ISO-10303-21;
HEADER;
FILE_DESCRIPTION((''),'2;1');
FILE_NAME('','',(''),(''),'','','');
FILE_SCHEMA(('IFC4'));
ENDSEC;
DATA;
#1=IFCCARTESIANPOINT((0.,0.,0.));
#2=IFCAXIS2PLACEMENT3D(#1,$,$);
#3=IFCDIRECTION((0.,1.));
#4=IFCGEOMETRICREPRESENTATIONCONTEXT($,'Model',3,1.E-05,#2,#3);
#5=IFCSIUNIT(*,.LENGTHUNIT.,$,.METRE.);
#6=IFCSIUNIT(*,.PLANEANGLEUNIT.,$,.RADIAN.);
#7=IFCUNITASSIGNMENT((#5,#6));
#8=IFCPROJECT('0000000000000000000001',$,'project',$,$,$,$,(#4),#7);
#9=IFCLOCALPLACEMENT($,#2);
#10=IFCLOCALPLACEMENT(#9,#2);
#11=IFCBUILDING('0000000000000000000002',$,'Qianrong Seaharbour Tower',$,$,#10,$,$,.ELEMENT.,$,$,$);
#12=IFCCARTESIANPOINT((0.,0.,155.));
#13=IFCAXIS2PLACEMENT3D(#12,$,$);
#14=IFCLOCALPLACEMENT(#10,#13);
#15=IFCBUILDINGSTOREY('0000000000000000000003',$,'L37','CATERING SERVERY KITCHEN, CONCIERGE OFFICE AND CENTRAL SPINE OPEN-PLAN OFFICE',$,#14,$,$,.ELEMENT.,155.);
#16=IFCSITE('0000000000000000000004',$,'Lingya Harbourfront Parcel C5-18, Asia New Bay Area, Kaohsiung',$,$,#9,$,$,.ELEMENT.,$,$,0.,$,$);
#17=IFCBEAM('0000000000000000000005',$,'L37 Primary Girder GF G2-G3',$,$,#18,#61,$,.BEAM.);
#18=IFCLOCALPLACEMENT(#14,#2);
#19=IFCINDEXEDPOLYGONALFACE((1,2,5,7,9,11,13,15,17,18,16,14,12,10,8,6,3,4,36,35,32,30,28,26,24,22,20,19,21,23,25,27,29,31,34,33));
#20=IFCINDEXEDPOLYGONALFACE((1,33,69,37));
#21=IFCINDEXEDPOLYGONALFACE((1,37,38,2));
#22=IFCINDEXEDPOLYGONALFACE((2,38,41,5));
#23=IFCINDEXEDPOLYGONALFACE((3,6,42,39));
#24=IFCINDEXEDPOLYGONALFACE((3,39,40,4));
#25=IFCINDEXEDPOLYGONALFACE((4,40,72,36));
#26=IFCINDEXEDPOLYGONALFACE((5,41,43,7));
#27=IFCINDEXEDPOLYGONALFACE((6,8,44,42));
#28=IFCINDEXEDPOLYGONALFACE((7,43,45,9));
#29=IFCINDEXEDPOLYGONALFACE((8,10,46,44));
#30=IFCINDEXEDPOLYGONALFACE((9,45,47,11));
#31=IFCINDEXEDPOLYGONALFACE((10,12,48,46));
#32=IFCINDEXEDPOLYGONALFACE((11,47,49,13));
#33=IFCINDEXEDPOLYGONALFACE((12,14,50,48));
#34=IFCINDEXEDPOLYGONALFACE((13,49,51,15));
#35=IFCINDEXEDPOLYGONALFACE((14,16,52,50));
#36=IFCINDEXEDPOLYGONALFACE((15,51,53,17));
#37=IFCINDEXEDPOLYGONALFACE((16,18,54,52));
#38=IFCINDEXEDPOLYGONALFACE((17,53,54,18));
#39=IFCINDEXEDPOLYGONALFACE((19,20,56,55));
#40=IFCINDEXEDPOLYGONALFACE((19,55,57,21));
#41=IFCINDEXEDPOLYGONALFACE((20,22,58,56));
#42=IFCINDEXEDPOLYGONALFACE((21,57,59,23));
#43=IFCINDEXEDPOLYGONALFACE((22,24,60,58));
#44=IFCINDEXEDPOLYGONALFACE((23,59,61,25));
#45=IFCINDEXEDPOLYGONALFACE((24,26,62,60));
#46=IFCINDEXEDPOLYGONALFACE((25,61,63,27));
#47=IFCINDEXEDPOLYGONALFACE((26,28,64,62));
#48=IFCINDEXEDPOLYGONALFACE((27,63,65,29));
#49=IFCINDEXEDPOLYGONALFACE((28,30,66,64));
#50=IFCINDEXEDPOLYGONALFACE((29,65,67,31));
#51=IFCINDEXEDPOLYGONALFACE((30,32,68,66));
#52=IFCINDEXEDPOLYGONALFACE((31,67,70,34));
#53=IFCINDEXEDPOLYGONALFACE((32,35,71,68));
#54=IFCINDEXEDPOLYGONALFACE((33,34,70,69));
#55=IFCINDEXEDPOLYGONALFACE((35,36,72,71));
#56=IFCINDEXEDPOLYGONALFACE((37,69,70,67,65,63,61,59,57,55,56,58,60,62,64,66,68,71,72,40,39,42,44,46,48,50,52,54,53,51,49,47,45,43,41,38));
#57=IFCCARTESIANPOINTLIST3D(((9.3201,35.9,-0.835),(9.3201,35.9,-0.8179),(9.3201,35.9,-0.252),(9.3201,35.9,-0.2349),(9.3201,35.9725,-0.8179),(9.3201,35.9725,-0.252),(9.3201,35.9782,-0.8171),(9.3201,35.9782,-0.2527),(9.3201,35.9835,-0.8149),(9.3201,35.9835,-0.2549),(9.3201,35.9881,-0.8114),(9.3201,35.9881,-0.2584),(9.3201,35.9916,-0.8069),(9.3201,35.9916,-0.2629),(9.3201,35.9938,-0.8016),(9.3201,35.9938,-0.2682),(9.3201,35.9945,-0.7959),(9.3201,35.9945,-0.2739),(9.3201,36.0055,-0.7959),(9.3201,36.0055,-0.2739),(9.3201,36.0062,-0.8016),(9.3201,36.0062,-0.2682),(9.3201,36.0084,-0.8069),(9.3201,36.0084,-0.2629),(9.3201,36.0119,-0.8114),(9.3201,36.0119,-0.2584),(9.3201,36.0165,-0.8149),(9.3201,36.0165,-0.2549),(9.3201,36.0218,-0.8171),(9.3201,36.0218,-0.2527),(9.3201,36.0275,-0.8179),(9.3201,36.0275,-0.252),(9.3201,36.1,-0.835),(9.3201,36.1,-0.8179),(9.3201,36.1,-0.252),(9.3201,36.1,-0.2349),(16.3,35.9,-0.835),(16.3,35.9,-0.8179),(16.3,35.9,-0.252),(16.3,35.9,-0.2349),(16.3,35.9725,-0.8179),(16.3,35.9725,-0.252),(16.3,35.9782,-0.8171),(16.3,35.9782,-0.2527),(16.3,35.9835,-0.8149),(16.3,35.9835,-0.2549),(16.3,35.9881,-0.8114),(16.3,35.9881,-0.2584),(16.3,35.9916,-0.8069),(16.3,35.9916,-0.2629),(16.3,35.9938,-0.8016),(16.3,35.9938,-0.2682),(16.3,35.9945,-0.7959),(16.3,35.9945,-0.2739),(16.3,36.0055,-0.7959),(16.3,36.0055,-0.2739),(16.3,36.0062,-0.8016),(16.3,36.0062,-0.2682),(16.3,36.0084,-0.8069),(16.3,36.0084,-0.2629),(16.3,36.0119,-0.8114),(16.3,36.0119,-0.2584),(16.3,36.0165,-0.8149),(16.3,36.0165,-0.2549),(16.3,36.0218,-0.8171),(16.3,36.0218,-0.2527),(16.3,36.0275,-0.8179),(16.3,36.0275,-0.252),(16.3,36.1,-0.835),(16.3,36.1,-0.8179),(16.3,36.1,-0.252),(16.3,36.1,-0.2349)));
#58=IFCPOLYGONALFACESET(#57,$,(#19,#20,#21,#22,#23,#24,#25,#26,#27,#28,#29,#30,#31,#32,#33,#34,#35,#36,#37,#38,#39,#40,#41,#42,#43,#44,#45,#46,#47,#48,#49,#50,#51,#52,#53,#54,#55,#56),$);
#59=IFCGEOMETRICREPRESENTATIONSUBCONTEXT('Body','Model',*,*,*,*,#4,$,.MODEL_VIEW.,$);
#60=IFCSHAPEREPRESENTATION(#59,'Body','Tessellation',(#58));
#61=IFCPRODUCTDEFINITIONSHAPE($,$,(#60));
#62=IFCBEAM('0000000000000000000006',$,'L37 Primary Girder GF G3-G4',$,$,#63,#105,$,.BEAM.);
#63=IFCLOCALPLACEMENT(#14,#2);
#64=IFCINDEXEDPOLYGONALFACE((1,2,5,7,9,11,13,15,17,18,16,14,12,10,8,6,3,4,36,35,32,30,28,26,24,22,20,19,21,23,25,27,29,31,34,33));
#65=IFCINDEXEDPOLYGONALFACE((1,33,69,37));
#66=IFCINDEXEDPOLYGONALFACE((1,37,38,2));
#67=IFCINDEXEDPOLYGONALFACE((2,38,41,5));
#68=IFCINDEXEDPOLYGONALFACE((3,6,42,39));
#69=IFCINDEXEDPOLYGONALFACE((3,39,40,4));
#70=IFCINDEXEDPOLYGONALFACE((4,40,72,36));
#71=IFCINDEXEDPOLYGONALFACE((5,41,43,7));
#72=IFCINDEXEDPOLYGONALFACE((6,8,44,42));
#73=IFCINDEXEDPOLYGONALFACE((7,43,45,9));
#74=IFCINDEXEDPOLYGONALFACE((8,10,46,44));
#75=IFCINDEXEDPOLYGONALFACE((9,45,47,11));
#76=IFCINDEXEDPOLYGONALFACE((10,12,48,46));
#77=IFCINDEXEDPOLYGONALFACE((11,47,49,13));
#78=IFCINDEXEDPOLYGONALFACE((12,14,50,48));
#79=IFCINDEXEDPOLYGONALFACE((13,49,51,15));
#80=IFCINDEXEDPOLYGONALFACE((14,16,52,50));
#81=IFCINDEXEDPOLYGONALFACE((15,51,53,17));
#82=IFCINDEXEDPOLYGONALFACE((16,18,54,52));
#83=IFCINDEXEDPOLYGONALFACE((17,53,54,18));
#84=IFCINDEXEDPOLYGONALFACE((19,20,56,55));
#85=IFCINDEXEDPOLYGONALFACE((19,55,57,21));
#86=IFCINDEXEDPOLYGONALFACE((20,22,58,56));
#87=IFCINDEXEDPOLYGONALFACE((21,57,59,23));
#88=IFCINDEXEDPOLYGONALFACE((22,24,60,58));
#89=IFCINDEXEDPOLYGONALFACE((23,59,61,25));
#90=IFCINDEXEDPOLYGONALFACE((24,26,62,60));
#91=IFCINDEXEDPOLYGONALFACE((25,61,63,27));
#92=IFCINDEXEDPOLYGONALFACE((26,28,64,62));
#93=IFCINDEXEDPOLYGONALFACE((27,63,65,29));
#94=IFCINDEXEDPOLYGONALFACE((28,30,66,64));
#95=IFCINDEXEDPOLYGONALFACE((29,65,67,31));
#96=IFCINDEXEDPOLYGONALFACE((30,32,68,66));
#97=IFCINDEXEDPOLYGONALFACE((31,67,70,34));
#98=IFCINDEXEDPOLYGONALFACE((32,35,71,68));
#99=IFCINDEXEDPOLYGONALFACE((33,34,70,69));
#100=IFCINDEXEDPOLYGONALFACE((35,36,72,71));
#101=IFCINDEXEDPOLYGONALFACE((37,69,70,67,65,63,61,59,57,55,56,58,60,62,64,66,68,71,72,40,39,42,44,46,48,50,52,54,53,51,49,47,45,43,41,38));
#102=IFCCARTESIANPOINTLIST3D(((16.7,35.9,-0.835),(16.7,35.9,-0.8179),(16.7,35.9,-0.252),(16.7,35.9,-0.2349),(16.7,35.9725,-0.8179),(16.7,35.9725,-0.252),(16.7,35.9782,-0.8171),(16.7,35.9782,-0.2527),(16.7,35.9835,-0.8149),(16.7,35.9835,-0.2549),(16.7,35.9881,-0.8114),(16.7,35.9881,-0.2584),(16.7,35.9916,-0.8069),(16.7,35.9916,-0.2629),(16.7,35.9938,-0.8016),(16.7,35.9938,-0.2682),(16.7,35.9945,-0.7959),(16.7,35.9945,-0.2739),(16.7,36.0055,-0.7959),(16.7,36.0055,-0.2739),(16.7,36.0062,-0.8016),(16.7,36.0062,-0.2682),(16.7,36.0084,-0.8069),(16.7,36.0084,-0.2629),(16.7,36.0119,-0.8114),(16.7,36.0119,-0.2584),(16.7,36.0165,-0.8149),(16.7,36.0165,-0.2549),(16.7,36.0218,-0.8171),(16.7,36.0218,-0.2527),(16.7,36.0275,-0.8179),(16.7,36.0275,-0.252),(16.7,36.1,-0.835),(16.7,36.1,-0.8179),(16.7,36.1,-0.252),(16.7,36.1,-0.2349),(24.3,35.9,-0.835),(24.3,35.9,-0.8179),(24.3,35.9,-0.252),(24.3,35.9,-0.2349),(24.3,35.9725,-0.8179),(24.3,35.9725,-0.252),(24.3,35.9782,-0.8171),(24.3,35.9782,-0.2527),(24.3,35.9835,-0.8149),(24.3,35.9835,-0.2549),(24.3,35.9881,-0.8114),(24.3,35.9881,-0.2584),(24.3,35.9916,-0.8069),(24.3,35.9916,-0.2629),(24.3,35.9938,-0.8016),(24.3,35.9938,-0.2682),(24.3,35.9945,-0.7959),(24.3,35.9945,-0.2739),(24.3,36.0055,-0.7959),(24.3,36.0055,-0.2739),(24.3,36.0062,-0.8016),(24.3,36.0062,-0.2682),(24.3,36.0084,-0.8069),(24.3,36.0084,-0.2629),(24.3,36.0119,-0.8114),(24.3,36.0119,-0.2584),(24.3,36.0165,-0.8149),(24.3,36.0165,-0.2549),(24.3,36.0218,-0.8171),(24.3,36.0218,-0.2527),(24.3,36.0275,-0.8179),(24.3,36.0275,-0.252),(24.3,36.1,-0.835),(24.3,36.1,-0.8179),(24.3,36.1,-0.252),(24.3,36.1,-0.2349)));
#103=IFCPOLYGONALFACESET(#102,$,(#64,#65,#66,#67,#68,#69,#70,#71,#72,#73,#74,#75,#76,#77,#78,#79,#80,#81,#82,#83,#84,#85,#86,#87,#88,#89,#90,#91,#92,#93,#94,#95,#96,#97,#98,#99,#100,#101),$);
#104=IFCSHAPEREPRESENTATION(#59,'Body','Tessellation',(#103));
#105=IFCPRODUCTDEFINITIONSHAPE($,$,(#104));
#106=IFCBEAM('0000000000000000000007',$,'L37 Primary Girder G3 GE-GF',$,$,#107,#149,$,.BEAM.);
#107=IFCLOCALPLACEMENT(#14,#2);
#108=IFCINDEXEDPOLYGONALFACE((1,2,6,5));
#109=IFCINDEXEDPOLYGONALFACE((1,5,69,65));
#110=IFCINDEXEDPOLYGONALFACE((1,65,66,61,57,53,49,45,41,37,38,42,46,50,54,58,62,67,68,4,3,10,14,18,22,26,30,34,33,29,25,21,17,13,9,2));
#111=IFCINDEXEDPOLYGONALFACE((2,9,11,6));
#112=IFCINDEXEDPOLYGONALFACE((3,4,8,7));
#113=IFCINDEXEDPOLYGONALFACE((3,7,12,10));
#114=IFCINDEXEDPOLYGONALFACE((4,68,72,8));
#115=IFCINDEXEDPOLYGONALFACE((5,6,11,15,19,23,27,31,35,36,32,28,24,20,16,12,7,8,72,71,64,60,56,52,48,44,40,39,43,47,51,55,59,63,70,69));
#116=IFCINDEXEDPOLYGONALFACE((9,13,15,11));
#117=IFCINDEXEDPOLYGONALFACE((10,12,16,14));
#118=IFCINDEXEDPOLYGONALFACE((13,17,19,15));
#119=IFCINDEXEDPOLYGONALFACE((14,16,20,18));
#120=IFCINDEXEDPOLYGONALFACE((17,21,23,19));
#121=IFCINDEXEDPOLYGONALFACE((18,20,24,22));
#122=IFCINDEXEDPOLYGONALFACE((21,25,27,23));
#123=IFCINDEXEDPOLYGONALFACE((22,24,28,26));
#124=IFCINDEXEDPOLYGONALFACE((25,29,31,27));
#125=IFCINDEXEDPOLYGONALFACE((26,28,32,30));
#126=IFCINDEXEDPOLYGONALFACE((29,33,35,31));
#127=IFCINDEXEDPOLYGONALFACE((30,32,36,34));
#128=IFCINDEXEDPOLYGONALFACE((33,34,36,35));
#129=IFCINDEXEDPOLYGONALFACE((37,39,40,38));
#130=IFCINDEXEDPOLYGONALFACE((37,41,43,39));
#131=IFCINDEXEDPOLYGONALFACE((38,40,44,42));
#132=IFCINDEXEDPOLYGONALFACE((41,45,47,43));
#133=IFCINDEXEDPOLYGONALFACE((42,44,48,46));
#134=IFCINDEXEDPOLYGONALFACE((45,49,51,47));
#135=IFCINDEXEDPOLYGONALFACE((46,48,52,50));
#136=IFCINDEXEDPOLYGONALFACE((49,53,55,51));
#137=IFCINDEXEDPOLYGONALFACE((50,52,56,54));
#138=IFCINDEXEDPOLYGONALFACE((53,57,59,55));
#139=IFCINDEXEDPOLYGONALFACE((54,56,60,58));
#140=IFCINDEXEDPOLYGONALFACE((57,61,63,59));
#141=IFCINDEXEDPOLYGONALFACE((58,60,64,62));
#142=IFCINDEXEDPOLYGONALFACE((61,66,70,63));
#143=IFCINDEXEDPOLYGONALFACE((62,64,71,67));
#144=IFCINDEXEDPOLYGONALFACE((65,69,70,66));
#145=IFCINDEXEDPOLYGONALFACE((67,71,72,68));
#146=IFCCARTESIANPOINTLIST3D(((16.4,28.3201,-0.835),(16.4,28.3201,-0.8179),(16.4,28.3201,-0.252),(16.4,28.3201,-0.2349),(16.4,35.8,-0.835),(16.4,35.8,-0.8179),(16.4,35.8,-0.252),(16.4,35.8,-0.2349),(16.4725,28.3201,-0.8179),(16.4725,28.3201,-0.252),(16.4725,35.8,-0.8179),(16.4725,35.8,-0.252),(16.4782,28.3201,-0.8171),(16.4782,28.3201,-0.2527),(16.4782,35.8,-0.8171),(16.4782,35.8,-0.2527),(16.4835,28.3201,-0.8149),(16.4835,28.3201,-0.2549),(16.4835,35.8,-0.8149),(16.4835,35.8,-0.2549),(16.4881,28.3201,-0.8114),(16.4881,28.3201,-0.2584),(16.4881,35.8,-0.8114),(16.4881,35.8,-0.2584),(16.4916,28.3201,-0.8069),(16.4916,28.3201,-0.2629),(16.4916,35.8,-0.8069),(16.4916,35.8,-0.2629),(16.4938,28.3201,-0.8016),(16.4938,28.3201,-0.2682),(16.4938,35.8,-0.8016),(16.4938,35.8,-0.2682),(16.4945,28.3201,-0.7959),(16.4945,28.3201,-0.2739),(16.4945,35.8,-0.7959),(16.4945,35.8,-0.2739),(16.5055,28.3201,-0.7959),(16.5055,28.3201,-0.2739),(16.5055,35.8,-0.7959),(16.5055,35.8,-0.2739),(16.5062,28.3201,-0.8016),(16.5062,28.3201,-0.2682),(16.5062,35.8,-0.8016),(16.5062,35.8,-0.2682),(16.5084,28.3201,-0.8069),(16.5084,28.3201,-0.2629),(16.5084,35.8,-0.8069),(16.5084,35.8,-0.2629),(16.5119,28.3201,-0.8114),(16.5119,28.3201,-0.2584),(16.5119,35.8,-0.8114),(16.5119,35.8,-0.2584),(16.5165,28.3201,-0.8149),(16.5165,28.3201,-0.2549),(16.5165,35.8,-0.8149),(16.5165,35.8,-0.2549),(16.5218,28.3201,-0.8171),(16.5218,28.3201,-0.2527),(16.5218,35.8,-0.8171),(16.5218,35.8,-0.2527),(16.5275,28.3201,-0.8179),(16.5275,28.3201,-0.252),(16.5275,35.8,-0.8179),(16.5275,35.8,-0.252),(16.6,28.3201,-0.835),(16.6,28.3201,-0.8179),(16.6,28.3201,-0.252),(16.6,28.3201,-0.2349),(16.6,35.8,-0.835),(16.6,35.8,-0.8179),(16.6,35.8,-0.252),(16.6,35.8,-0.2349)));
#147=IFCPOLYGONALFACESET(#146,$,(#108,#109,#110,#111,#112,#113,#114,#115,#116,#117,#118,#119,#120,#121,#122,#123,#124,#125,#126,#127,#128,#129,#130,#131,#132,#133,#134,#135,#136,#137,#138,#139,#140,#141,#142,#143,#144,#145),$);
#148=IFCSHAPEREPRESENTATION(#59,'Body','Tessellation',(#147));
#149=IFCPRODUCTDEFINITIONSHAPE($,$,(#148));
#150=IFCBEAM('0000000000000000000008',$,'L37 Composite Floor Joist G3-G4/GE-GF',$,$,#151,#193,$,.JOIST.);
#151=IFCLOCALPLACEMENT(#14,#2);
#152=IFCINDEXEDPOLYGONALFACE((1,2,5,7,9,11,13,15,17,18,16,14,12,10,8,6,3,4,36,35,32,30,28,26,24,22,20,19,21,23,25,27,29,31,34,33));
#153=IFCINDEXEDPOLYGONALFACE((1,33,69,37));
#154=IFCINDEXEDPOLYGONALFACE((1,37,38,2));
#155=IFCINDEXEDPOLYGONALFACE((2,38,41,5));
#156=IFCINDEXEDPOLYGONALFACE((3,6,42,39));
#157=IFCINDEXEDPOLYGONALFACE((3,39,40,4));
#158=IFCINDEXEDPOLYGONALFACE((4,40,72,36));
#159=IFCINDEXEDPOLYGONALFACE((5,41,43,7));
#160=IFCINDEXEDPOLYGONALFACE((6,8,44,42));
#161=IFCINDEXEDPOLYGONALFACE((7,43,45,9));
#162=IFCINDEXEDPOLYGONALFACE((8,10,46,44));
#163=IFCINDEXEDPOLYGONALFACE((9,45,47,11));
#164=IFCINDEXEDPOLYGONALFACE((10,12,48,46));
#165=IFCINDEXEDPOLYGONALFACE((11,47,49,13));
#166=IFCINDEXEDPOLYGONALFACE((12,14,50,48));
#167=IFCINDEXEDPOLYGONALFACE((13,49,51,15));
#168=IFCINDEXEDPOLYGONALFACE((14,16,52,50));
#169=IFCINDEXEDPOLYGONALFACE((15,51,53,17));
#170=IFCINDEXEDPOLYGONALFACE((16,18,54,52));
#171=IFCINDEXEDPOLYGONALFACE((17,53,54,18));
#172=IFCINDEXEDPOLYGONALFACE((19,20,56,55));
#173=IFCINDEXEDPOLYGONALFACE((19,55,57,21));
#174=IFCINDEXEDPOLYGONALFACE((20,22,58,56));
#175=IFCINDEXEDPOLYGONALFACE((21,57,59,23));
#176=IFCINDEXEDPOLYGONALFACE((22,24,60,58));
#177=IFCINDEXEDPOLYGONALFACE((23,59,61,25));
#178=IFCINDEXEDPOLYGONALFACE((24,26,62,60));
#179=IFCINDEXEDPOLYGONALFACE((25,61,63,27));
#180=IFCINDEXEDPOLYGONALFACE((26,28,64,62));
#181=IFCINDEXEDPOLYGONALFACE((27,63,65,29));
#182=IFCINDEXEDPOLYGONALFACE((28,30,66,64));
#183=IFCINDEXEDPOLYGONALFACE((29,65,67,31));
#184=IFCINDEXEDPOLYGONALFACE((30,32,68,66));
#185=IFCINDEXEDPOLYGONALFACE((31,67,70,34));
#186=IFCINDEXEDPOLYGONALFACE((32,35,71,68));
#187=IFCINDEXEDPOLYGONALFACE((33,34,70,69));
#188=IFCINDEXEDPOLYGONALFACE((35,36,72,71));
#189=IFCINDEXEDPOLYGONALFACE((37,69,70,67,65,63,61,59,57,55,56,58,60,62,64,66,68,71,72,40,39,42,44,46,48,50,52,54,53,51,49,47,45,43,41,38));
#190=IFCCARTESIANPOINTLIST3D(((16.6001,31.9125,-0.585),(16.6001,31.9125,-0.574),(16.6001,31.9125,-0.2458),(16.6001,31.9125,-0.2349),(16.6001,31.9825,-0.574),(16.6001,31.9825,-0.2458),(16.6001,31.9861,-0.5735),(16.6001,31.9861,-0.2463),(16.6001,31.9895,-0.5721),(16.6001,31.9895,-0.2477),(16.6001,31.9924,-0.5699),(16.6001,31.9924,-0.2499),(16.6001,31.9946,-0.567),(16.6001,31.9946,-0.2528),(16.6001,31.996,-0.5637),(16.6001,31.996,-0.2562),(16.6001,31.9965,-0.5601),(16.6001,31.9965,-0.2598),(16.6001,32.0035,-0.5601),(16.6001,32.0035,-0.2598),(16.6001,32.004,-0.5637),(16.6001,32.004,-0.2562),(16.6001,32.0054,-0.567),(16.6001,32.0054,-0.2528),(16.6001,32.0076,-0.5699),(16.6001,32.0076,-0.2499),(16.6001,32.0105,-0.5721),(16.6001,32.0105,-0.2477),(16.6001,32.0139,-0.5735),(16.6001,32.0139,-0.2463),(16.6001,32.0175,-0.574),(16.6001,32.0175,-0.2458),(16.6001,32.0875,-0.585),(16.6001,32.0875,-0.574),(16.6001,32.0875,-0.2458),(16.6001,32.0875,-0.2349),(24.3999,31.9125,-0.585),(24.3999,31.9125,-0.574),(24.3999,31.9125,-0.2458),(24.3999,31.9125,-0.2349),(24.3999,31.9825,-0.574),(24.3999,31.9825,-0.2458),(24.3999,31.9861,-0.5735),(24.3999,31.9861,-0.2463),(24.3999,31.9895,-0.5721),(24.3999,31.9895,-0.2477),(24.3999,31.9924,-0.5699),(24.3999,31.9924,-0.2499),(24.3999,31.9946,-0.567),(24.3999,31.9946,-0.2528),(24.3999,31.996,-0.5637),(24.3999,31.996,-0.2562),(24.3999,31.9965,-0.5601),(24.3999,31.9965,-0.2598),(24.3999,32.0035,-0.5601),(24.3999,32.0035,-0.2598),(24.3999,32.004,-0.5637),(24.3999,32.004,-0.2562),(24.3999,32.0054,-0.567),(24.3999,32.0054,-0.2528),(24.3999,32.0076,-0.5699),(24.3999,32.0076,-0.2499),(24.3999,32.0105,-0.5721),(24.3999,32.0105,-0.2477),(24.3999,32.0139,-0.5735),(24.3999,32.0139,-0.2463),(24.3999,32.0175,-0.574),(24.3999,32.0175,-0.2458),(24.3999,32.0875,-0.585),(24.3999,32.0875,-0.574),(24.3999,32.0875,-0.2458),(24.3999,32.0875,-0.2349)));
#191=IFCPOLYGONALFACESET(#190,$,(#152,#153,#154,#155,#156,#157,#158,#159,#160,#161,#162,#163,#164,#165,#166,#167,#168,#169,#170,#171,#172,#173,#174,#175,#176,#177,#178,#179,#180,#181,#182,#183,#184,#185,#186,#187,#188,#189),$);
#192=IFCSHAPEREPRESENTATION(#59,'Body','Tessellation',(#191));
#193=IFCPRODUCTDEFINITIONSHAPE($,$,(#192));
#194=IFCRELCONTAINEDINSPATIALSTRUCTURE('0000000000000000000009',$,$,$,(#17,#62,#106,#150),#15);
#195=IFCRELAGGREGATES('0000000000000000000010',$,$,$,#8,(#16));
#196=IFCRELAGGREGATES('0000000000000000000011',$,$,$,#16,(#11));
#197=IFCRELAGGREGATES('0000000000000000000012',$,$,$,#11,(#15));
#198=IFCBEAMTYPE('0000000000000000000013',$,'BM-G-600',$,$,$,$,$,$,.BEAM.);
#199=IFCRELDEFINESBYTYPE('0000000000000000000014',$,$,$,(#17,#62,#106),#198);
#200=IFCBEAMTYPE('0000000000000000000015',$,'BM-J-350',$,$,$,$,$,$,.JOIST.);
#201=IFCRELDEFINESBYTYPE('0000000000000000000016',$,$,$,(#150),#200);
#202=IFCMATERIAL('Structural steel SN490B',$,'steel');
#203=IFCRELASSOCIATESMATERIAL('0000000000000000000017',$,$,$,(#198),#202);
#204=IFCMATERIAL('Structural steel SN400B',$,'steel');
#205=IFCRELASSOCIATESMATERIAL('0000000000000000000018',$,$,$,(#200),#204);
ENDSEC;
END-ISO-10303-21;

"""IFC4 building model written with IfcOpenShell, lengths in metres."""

from ifc_helpers import new_model, si_unit, direction, frame, origin, origin_2d, place, context, subcontext, project, spatial, i_section, extrude, material, material_profile, profile_set, type_object, element, save


model = new_model("IFC4")

# Units and contexts
model_context = context("Model", 3, precision=1e-05, world=origin(), true_north=direction((0.0, 1.0)))
body_context = subcontext(model_context, "Body", "Model", "MODEL_VIEW")
ifc_project = project(units=[si_unit("LENGTHUNIT", "METRE"), si_unit("PLANEANGLEUNIT", "RADIAN")], contexts=[model_context])

# Site, building, storey
site_placement = place(None, origin())
site = spatial("IfcSite", under=ifc_project, at=site_placement, Name="Lingya Harbourfront Parcel C5-18, Asia New Bay Area, Kaohsiung", CompositionType="ELEMENT", RefElevation=0.0)
building_placement = place(site_placement, origin())
building = spatial("IfcBuilding", under=site, at=building_placement, Name="Qianrong Seaharbour Tower", CompositionType="ELEMENT")
storey_placement = place(building_placement, frame((0.0, 0.0, 155.0)))
storey = spatial("IfcBuildingStorey", under=building, at=storey_placement, Name="L37", Description="CATERING SERVERY KITCHEN, CONCIERGE OFFICE AND CENTRAL SPINE OPEN-PLAN OFFICE", CompositionType="ELEMENT", Elevation=155.0)

# Shared definitions
ifc_material_1 = material(Name="Structural steel SN490B", Category="steel")

# Beams
ifc_material_profile_1 = material_profile(ifc_material_1, i_section(OverallWidth=0.2, OverallDepth=0.6001, WebThickness=0.011, FlangeThickness=0.0171, FilletRadius=0.022, at=origin_2d()), Name="H600x200x11x17")
ifc_profile_set_1 = profile_set([ifc_material_profile_1], Name="Structural steel SN490B")
beam_type_1 = type_object("IfcBeamType", Name="BM-G-600", PredefinedType="BEAM", material=ifc_profile_set_1)
beam_1_placement = place(storey_placement, frame((9.3201, 36.0, -0.5349), z_axis=(1.0, 0.0, 0.0), x_axis=(0.0, 1.0, 0.0)))
element("IfcBeam", 1, at=beam_1_placement, inside=storey, type_object=beam_type_1, Name="L37 Primary Girder GF G2-G3", PredefinedType="BEAM", context=body_context, shape_type="SweptSolid", body=[
    extrude(i_section(OverallWidth=0.2, OverallDepth=0.6001, WebThickness=0.011, FlangeThickness=0.0171, FilletRadius=0.022, at=origin_2d()), origin(), (0.0, 0.0, 1.0), 6.98),
])
beam_2_placement = place(storey_placement, frame((16.7, 36.0, -0.5349), z_axis=(1.0, 0.0, 0.0), x_axis=(0.0, 1.0, 0.0)))
element("IfcBeam", 2, at=beam_2_placement, inside=storey, type_object=beam_type_1, Name="L37 Primary Girder GF G3-G4", PredefinedType="BEAM", context=body_context, shape_type="SweptSolid", body=[
    extrude(i_section(OverallWidth=0.2, OverallDepth=0.6001, WebThickness=0.011, FlangeThickness=0.0171, FilletRadius=0.022, at=origin_2d()), origin(), (0.0, 0.0, 1.0), 7.6001),
])
beam_3_placement = place(storey_placement, frame((16.5, 28.3201, -0.5349), z_axis=(0.0, 1.0, 0.0), x_axis=(-1.0, 0.0, 0.0)))
element("IfcBeam", 3, at=beam_3_placement, inside=storey, type_object=beam_type_1, Name="L37 Primary Girder G3 GE-GF", PredefinedType="BEAM", context=body_context, shape_type="SweptSolid", body=[
    extrude(i_section(OverallWidth=0.2, OverallDepth=0.6001, WebThickness=0.011, FlangeThickness=0.0171, FilletRadius=0.022, at=origin_2d()), origin(), (0.0, 0.0, 1.0), 7.48),
])
ifc_material_2 = material(Name="Structural steel SN400B", Category="steel")
ifc_material_profile_2 = material_profile(ifc_material_2, i_section(OverallWidth=0.175, OverallDepth=0.3501, WebThickness=0.0071, FlangeThickness=0.011, FilletRadius=0.0139, at=origin_2d()), Name="H350x175x7x11")
ifc_profile_set_2 = profile_set([ifc_material_profile_2], Name="Structural steel SN400B")
beam_type_2 = type_object("IfcBeamType", Name="BM-J-350", PredefinedType="JOIST", material=ifc_profile_set_2)
beam_4_placement = place(storey_placement, frame((16.6001, 32.0, -0.4099), z_axis=(1.0, 0.0, 0.0), x_axis=(0.0, 1.0, 0.0)))
element("IfcBeam", 4, at=beam_4_placement, inside=storey, type_object=beam_type_2, Name="L37 Composite Floor Joist G3-G4/GE-GF", PredefinedType="JOIST", context=body_context, shape_type="SweptSolid", body=[
    extrude(i_section(OverallWidth=0.175, OverallDepth=0.3501, WebThickness=0.0071, FlangeThickness=0.011, FilletRadius=0.0139, at=origin_2d()), origin(), (0.0, 0.0, 1.0), 7.7998),
])

save(model, "model.ifc")
